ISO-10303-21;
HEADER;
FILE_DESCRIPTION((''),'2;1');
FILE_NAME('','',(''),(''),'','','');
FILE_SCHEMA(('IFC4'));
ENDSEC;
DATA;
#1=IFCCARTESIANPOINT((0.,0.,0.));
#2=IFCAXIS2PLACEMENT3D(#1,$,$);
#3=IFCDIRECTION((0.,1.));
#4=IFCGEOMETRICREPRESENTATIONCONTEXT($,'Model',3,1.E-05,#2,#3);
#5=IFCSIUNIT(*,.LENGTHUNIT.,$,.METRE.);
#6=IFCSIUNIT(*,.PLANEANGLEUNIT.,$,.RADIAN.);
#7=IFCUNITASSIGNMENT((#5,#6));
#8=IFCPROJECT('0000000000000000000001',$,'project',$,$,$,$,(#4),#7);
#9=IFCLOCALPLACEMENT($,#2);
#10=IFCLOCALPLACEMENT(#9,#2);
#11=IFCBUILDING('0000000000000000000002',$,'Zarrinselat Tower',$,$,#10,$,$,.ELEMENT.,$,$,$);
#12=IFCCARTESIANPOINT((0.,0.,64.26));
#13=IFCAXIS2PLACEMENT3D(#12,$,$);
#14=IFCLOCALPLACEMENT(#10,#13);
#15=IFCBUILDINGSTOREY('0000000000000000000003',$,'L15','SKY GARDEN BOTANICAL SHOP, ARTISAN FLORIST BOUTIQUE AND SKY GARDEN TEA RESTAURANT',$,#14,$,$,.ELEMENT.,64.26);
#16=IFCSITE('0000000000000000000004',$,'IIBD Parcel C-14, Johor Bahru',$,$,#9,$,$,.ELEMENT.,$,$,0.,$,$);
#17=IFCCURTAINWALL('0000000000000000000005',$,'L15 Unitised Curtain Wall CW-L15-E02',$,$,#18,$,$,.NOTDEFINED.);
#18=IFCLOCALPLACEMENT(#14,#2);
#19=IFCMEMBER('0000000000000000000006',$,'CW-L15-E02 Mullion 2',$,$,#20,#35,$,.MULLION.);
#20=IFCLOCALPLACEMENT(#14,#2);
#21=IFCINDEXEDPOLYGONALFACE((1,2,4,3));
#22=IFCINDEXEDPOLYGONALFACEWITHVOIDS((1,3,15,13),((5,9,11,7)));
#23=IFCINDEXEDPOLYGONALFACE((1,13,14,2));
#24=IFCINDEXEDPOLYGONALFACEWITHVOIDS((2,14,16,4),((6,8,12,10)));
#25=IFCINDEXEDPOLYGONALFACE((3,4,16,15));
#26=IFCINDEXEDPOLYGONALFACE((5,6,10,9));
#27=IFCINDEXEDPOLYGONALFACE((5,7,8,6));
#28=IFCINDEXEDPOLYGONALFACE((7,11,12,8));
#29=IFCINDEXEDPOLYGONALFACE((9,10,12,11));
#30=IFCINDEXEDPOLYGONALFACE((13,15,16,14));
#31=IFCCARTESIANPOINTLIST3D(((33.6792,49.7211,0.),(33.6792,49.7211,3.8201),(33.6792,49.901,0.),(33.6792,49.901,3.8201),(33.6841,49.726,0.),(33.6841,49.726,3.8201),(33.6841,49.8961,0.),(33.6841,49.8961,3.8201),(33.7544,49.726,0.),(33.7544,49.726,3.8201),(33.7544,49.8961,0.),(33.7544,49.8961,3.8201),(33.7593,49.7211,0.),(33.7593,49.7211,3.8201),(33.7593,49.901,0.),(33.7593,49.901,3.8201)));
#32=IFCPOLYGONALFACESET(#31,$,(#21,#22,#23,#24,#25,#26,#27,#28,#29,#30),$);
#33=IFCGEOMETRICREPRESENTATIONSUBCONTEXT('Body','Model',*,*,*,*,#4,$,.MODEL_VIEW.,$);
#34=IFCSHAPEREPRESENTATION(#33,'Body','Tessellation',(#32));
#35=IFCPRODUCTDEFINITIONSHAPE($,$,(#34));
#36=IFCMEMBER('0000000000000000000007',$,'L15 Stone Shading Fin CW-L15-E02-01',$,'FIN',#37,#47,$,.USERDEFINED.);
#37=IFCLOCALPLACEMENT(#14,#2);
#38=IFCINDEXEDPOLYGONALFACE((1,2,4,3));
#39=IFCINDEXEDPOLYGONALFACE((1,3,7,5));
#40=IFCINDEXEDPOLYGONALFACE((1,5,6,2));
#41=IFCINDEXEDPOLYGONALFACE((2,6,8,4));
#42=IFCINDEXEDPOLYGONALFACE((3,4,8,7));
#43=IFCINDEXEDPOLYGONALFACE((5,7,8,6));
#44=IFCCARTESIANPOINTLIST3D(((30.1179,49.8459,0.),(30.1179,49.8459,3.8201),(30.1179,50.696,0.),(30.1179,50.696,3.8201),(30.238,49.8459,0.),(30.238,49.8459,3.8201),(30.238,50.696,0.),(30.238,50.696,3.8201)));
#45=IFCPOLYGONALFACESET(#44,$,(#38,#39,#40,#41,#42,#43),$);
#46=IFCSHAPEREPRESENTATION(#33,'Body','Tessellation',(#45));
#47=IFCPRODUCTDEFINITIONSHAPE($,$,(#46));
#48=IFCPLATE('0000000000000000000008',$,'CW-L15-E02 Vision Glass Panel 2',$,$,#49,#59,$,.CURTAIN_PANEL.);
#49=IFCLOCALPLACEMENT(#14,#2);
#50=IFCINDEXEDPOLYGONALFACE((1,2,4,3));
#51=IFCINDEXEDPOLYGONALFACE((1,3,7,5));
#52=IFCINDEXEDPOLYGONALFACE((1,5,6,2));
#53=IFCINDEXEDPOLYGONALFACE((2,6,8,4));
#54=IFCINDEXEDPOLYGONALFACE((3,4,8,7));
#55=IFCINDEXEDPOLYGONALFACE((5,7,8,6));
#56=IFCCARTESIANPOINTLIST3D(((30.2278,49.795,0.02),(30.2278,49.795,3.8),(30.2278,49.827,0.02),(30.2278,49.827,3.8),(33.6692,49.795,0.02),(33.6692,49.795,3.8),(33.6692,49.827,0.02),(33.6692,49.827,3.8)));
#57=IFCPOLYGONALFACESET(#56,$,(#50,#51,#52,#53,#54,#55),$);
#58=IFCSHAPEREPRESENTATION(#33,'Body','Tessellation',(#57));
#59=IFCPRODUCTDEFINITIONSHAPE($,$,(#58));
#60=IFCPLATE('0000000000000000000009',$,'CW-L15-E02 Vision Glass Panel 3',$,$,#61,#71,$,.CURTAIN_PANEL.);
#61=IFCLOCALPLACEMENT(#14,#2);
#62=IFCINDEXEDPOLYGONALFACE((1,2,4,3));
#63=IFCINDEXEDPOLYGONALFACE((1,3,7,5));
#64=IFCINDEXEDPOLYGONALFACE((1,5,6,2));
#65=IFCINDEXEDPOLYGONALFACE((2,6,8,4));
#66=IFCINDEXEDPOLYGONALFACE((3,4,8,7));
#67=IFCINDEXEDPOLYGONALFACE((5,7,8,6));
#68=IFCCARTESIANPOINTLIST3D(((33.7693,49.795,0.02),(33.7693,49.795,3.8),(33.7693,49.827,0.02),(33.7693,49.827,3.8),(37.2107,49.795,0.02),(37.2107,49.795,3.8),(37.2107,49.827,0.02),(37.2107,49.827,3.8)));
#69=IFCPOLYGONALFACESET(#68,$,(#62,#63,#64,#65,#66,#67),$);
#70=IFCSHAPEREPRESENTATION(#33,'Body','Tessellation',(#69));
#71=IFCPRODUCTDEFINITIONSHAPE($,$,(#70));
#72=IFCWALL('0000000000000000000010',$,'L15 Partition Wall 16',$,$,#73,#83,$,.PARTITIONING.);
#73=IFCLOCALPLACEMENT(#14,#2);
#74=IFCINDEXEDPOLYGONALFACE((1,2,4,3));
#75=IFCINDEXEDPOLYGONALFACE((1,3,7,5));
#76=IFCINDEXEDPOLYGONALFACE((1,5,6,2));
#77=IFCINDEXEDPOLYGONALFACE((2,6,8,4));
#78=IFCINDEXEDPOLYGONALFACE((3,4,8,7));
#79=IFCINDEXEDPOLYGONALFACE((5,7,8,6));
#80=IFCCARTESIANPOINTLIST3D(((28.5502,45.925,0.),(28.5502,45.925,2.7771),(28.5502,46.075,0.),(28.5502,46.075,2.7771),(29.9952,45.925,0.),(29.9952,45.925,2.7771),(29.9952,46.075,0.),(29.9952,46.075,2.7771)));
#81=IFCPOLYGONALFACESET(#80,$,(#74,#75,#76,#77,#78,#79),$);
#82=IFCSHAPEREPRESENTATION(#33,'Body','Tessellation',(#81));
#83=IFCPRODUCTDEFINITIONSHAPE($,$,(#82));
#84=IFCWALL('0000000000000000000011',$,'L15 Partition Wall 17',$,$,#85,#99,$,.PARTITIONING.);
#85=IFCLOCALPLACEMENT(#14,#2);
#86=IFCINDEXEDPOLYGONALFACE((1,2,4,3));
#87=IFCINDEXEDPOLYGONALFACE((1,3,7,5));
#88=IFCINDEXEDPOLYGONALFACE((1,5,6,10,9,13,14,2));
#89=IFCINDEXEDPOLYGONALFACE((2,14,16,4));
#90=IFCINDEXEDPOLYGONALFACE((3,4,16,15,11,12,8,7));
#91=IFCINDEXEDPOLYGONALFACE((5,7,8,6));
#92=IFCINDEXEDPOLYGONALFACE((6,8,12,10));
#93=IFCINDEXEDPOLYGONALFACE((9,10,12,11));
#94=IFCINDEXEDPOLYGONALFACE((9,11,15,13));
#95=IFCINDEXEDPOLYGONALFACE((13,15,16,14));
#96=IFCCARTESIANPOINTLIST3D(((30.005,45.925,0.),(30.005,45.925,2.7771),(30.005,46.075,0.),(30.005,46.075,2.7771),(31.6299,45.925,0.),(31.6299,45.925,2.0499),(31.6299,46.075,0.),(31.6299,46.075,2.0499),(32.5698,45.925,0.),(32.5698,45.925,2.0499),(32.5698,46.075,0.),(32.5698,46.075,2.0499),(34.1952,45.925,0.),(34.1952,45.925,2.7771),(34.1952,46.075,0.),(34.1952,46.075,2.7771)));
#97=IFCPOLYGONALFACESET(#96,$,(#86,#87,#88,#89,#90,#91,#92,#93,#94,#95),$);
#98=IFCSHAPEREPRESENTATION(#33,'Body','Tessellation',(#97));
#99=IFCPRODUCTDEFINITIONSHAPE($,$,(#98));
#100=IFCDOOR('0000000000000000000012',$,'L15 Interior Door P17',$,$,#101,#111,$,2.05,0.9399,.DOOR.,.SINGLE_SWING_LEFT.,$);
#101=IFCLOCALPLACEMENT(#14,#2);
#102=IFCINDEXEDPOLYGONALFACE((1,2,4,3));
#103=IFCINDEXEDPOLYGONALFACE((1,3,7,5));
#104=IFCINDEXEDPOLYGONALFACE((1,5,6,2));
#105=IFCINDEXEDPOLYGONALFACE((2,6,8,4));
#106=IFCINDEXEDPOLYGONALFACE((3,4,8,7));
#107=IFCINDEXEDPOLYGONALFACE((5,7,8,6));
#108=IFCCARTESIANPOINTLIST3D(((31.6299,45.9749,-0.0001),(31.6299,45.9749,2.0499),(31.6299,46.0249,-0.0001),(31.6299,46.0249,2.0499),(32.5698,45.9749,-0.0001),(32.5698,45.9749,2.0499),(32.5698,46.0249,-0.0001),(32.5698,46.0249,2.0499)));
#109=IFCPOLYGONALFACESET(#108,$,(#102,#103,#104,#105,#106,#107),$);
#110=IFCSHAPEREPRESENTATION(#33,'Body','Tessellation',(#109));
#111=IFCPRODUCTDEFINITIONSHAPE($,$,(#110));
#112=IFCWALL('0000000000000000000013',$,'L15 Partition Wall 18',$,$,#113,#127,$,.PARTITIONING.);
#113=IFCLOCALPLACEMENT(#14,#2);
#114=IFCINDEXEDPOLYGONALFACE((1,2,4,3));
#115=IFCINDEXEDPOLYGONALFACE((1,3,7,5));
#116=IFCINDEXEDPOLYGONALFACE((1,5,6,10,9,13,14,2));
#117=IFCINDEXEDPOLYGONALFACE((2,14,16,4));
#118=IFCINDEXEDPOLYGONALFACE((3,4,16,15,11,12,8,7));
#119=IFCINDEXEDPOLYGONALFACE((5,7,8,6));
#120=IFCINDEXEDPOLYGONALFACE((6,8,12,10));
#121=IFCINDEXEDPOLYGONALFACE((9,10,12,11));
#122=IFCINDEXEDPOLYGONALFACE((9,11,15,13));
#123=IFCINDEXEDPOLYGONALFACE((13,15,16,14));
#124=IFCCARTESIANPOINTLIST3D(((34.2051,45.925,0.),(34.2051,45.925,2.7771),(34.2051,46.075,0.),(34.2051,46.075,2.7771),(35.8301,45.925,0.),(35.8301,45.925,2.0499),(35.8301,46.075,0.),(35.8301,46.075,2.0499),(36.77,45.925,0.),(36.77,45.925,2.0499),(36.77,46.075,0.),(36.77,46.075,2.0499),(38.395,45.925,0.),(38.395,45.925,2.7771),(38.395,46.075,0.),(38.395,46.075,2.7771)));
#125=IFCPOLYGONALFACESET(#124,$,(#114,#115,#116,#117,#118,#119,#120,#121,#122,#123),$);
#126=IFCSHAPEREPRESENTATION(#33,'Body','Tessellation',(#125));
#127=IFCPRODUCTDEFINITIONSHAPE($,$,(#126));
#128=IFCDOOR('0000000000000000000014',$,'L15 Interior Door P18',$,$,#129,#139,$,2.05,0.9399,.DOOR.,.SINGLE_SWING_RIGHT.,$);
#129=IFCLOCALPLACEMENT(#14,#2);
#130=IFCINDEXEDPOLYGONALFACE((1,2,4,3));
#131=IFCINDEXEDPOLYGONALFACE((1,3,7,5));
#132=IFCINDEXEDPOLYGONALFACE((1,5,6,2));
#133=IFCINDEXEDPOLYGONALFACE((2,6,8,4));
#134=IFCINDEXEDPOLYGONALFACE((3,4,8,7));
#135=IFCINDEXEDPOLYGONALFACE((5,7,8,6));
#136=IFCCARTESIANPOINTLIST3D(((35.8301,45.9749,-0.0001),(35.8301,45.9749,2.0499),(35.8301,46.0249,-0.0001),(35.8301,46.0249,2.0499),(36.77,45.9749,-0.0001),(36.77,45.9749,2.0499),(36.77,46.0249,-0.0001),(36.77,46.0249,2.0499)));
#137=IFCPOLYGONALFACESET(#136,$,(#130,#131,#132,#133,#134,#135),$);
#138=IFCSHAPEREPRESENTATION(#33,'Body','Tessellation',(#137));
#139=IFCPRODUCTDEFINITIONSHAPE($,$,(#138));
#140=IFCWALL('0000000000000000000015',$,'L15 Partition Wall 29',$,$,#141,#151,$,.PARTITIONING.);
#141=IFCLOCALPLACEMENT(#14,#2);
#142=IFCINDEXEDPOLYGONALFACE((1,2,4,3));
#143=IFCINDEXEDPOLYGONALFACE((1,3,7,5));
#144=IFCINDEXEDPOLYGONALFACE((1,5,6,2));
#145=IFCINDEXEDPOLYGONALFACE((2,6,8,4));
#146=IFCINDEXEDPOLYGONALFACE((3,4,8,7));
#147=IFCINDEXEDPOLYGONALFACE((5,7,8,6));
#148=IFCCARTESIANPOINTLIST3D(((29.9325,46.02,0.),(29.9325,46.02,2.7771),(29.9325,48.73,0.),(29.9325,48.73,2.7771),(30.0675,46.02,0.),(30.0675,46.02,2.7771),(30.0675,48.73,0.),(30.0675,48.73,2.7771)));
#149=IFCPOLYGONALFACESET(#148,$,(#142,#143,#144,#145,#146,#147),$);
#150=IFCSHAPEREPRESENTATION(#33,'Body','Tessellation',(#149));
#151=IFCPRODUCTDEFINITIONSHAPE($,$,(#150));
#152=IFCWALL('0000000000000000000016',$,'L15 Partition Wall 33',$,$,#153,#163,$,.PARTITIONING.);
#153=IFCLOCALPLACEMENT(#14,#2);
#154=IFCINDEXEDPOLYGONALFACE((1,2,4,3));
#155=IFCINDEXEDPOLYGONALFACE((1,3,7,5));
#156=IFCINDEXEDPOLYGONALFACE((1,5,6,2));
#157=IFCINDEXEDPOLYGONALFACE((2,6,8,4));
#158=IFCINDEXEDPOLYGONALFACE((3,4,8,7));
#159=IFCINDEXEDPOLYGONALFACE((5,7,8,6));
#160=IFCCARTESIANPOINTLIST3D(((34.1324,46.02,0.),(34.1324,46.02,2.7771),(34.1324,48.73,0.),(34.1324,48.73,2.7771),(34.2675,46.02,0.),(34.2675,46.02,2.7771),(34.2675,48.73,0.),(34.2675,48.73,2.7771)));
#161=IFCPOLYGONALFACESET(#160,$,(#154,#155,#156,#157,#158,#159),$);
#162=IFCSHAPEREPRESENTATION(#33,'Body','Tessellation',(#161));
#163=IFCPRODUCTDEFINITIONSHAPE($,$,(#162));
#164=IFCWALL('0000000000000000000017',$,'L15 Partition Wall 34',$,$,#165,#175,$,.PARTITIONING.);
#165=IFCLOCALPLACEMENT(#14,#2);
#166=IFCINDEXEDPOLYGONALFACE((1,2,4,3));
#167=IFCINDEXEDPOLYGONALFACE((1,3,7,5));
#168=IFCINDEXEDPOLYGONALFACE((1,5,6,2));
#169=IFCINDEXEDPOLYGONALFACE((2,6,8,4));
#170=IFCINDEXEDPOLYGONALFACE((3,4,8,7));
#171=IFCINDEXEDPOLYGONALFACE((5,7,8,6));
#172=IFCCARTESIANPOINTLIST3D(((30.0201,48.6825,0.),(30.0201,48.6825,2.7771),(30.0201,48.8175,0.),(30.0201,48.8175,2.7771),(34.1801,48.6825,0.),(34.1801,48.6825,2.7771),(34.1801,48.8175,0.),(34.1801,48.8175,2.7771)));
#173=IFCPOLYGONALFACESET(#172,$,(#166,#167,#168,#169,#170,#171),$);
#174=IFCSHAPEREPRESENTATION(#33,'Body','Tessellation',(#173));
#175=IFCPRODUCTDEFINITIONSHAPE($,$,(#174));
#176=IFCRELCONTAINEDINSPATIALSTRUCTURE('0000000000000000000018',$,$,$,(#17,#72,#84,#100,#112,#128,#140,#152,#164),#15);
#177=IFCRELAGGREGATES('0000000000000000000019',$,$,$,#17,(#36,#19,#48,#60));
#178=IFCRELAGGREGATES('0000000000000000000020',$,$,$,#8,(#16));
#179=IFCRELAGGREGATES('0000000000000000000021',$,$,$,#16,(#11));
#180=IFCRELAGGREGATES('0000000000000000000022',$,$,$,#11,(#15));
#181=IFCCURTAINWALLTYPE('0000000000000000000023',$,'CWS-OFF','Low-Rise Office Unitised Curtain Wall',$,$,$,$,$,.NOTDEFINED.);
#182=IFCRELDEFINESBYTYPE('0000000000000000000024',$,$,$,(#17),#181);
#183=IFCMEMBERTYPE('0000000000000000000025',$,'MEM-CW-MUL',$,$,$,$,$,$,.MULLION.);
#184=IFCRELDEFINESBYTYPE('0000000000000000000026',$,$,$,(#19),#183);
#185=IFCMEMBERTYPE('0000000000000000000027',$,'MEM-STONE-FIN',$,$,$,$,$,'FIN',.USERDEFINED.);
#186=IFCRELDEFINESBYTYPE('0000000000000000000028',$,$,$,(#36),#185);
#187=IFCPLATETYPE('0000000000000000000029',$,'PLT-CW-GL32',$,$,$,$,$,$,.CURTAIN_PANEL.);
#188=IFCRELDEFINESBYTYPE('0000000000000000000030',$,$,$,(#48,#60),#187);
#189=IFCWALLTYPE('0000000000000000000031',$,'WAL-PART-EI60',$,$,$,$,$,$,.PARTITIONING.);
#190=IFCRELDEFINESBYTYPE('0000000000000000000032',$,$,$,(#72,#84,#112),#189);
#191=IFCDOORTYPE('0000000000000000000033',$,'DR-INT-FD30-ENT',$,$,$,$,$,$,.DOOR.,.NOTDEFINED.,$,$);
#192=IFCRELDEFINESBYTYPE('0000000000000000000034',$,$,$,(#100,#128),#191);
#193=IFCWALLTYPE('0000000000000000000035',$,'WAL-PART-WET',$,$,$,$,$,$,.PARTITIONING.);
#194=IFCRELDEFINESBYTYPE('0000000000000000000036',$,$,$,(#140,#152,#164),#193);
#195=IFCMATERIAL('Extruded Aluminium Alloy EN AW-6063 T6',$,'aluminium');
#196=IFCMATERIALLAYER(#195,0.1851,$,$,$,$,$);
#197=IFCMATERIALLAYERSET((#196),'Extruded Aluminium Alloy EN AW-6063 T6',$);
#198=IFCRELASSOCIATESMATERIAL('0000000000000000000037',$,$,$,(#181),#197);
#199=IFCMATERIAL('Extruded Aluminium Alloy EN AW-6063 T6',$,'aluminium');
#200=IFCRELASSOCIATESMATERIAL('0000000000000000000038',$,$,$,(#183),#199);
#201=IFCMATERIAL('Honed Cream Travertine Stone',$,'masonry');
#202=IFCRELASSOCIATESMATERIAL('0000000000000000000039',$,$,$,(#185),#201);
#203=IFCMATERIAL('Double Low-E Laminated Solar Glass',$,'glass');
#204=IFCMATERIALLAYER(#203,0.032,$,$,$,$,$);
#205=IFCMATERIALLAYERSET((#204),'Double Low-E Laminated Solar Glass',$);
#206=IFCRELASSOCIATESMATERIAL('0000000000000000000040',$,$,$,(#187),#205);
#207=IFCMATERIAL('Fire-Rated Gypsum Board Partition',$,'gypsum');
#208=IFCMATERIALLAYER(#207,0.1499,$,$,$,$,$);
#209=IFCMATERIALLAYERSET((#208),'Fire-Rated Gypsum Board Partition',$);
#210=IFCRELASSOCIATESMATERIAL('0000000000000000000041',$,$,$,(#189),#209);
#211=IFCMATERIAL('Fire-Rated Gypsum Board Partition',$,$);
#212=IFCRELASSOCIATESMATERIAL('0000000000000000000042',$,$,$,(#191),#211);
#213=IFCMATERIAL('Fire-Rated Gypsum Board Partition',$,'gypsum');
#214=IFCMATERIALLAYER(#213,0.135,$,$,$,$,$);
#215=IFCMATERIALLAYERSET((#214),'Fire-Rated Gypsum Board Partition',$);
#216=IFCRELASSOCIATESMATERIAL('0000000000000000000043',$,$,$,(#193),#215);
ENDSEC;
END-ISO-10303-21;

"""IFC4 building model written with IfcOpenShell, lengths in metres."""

from ifc_helpers import new_model, si_unit, direction, frame, frame_2d, origin, origin_2d, place, context, subcontext, project, spatial, rectangle, hollow_rectangle, extrude, material, layer, layer_set, material_profile, profile_set, type_object, element, fill, aggregate, save


model = new_model("IFC4")

# Units and contexts
model_context = context("Model", 3, precision=1e-05, world=origin(), true_north=direction((0.0, 1.0)))
body_context = subcontext(model_context, "Body", "Model", "MODEL_VIEW")
ifc_project = project(units=[si_unit("LENGTHUNIT", "METRE"), si_unit("PLANEANGLEUNIT", "RADIAN")], contexts=[model_context])

# Site, building, storey
site_placement = place(None, origin())
site = spatial("IfcSite", under=ifc_project, at=site_placement, Name="IIBD Parcel C-14, Johor Bahru", CompositionType="ELEMENT", RefElevation=0.0)
building_placement = place(site_placement, origin())
building = spatial("IfcBuilding", under=site, at=building_placement, Name="Zarrinselat Tower", CompositionType="ELEMENT")
storey_placement = place(building_placement, frame((0.0, 0.0, 64.26)))
storey = spatial("IfcBuildingStorey", under=building, at=storey_placement, Name="L15", Description="SKY GARDEN BOTANICAL SHOP, ARTISAN FLORIST BOUTIQUE AND SKY GARDEN TEA RESTAURANT", CompositionType="ELEMENT", Elevation=64.26)

# Curtain wall, members, plates
ifc_material_1 = material(Name="Extruded Aluminium Alloy EN AW-6063 T6", Category="aluminium")
ifc_layer_1 = layer(ifc_material_1, 0.1851)
ifc_layer_set_1 = layer_set([ifc_layer_1], Name="Extruded Aluminium Alloy EN AW-6063 T6")
curtain_wall_type = type_object("IfcCurtainWallType", Name="CWS-OFF", Description="Low-Rise Office Unitised Curtain Wall", PredefinedType="NOTDEFINED", material=ifc_layer_set_1)
curtain_wall_placement = place(storey_placement, origin())
curtain_wall = element("IfcCurtainWall", 1, at=curtain_wall_placement, inside=storey, type_object=curtain_wall_type, Name="L15 Unitised Curtain Wall CW-L15-E02", PredefinedType="NOTDEFINED")
ifc_material_2 = material(Name="Extruded Aluminium Alloy EN AW-6063 T6", Category="aluminium")
ifc_material_profile_1 = material_profile(ifc_material_2, hollow_rectangle(XDim=0.0801, YDim=0.1799, WallThickness=0.0049, at=origin_2d()), Name="RHS 180x80x5")
ifc_profile_set_1 = profile_set([ifc_material_profile_1], Name="Extruded Aluminium Alloy EN AW-6063 T6")
member_type_1 = type_object("IfcMemberType", Name="MEM-CW-MUL", PredefinedType="MULLION", material=ifc_profile_set_1)
member_1_placement = place(storey_placement, frame((33.7192, 49.811, 0.0), z_axis=(0.0, 0.0, 1.0), x_axis=(1.0, 0.0, 0.0)))
member_1 = element("IfcMember", 2, at=member_1_placement, type_object=member_type_1, Name="CW-L15-E02 Mullion 2", PredefinedType="MULLION", context=body_context, shape_type="SweptSolid", body=[
    extrude(hollow_rectangle(XDim=0.0801, YDim=0.1799, WallThickness=0.0049, at=origin_2d()), origin(), (0.0, 0.0, 1.0), 3.8201),
])
ifc_material_3 = material(Name="Honed Cream Travertine Stone", Category="masonry")
ifc_material_profile_2 = material_profile(ifc_material_3, rectangle(XDim=0.1201, YDim=0.8501, at=origin_2d()), Name="FIN 850x120")
ifc_profile_set_2 = profile_set([ifc_material_profile_2], Name="Honed Cream Travertine Stone")
member_type_2 = type_object("IfcMemberType", Name="MEM-STONE-FIN", ElementType="FIN", PredefinedType="USERDEFINED", material=ifc_profile_set_2)
member_2_placement = place(storey_placement, frame((30.178, 50.271, 0.0), z_axis=(0.0, 0.0, 1.0), x_axis=(1.0, 0.0, 0.0)))
member_2 = element("IfcMember", 3, at=member_2_placement, type_object=member_type_2, Name="L15 Stone Shading Fin CW-L15-E02-01", ObjectType="FIN", PredefinedType="USERDEFINED", context=body_context, shape_type="SweptSolid", body=[
    extrude(rectangle(XDim=0.1201, YDim=0.8501, at=origin_2d()), origin(), (0.0, 0.0, 1.0), 3.8201),
])
ifc_material_4 = material(Name="Double Low-E Laminated Solar Glass", Category="glass")
ifc_layer_2 = layer(ifc_material_4, 0.032)
ifc_layer_set_2 = layer_set([ifc_layer_2], Name="Double Low-E Laminated Solar Glass")
plate_type = type_object("IfcPlateType", Name="PLT-CW-GL32", PredefinedType="CURTAIN_PANEL", material=ifc_layer_set_2)
plate_1_placement = place(storey_placement, frame((31.9485, 49.811, 0.02), z_axis=(0.0, 0.0, 1.0), x_axis=(1.0, 0.0, 0.0)))
plate_1 = element("IfcPlate", 4, at=plate_1_placement, type_object=plate_type, Name="CW-L15-E02 Vision Glass Panel 2", PredefinedType="CURTAIN_PANEL", context=body_context, shape_type="SweptSolid", body=[
    extrude(rectangle(XDim=3.4414, YDim=0.032, at=origin_2d()), origin(), (0.0, 0.0, 1.0), 3.78),
])
plate_2_placement = place(storey_placement, frame((35.49, 49.811, 0.02), z_axis=(0.0, 0.0, 1.0), x_axis=(1.0, 0.0, 0.0)))
plate_2 = element("IfcPlate", 5, at=plate_2_placement, type_object=plate_type, Name="CW-L15-E02 Vision Glass Panel 3", PredefinedType="CURTAIN_PANEL", context=body_context, shape_type="SweptSolid", body=[
    extrude(rectangle(XDim=3.4414, YDim=0.032, at=origin_2d()), origin(), (0.0, 0.0, 1.0), 3.78),
])
aggregate(curtain_wall, [member_2, member_1, plate_1, plate_2])

# Wall
ifc_material_5 = material(Name="Fire-Rated Gypsum Board Partition", Category="gypsum")
ifc_layer_3 = layer(ifc_material_5, 0.1499)
ifc_layer_set_3 = layer_set([ifc_layer_3], Name="Fire-Rated Gypsum Board Partition")
wall_type_1 = type_object("IfcWallType", Name="WAL-PART-EI60", PredefinedType="PARTITIONING", material=ifc_layer_set_3)
wall_1_placement = place(storey_placement, frame((28.55, 46.0, 0.0), z_axis=(0.0, 0.0, 1.0), x_axis=(1.0, 0.0, 0.0)))
element("IfcWall", 6, at=wall_1_placement, inside=storey, type_object=wall_type_1, Name="L15 Partition Wall 16", PredefinedType="PARTITIONING", context=body_context, shape_type="SweptSolid", body=[
    extrude(rectangle(XDim=1.4451, YDim=0.1499, at=frame_2d((0.7227, 0.0))), origin(), (0.0, 0.0, 1.0), 2.7771),
])

# Walls, openings, doors
wall_2_placement = place(storey_placement, frame((30.0049, 46.0, 0.0), z_axis=(0.0, 0.0, 1.0), x_axis=(1.0, 0.0, 0.0)))
wall_2 = element("IfcWall", 7, at=wall_2_placement, inside=storey, type_object=wall_type_1, Name="L15 Partition Wall 17", PredefinedType="PARTITIONING", context=body_context, shape_type="SweptSolid", body=[
    extrude(rectangle(XDim=4.1902, YDim=0.1499, at=frame_2d((2.0952, 0.0))), origin(), (0.0, 0.0, 1.0), 2.7771),
])
opening_1_placement = place(wall_2_placement, frame((1.625, 0.0, 0.0)))
opening_1 = element("IfcOpeningElement", 8, at=opening_1_placement, cuts=wall_2, PredefinedType="OPENING", context=body_context, shape_type="SweptSolid", body=[
    extrude(rectangle(XDim=0.9399, YDim=2.05, at=frame_2d((0.47, 1.0249))), frame((0.0, 0.085, 0.0), z_axis=(0.0, -1.0, 0.0), x_axis=(1.0, 0.0, 0.0)), (0.0, 0.0, 1.0), 0.1699),
])
ifc_material_6 = material(Name="Fire-Rated Gypsum Board Partition")
door_type = type_object("IfcDoorType", Name="DR-INT-FD30-ENT", OperationType="NOTDEFINED", PredefinedType="DOOR", material=ifc_material_6)
door_1_placement = place(opening_1_placement, origin())
door_1 = element("IfcDoor", 9, at=door_1_placement, inside=storey, type_object=door_type, Name="L15 Interior Door P17", OperationType="SINGLE_SWING_LEFT", OverallHeight=2.05, OverallWidth=0.9399, PredefinedType="DOOR", context=body_context, shape_type="SweptSolid", body=[
    extrude(rectangle(XDim=0.9399, YDim=2.05, at=frame_2d((0.47, 1.0249))), frame((0.0, 0.0249, 0.0), z_axis=(0.0, -1.0, 0.0), x_axis=(1.0, 0.0, 0.0)), (0.0, 0.0, 1.0), 0.05),
])
fill(opening_1, door_1)
wall_3_placement = place(storey_placement, frame((34.2051, 46.0, 0.0), z_axis=(0.0, 0.0, 1.0), x_axis=(1.0, 0.0, 0.0)))
wall_3 = element("IfcWall", 10, at=wall_3_placement, inside=storey, type_object=wall_type_1, Name="L15 Partition Wall 18", PredefinedType="PARTITIONING", context=body_context, shape_type="SweptSolid", body=[
    extrude(rectangle(XDim=4.1899, YDim=0.1499, at=frame_2d((2.095, 0.0))), origin(), (0.0, 0.0, 1.0), 2.7771),
])
opening_2_placement = place(wall_3_placement, frame((1.625, 0.0, 0.0)))
opening_2 = element("IfcOpeningElement", 11, at=opening_2_placement, cuts=wall_3, PredefinedType="OPENING", context=body_context, shape_type="SweptSolid", body=[
    extrude(rectangle(XDim=0.9399, YDim=2.05, at=frame_2d((0.47, 1.0249))), frame((0.0, 0.085, 0.0), z_axis=(0.0, -1.0, 0.0), x_axis=(1.0, 0.0, 0.0)), (0.0, 0.0, 1.0), 0.1699),
])
door_2_placement = place(opening_2_placement, origin())
door_2 = element("IfcDoor", 12, at=door_2_placement, inside=storey, type_object=door_type, Name="L15 Interior Door P18", OperationType="SINGLE_SWING_RIGHT", OverallHeight=2.05, OverallWidth=0.9399, PredefinedType="DOOR", context=body_context, shape_type="SweptSolid", body=[
    extrude(rectangle(XDim=0.9399, YDim=2.05, at=frame_2d((0.47, 1.0249))), frame((0.0, 0.0249, 0.0), z_axis=(0.0, -1.0, 0.0), x_axis=(1.0, 0.0, 0.0)), (0.0, 0.0, 1.0), 0.05),
])
fill(opening_2, door_2)

# Walls
ifc_material_7 = material(Name="Fire-Rated Gypsum Board Partition", Category="gypsum")
ifc_layer_4 = layer(ifc_material_7, 0.135)
ifc_layer_set_4 = layer_set([ifc_layer_4], Name="Fire-Rated Gypsum Board Partition")
wall_type_2 = type_object("IfcWallType", Name="WAL-PART-WET", PredefinedType="PARTITIONING", material=ifc_layer_set_4)
for number, where, z_axis, x_axis, name in (
    (13, (30.0, 46.02, 0.0), (0.0, 0.0, 1.0), (0.0, 1.0, 0.0), "L15 Partition Wall 29"),
    (14, (34.2, 46.02, 0.0), (0.0, 0.0, 1.0), (0.0, 1.0, 0.0), "L15 Partition Wall 33"),
):
    element("IfcWall", number, at=place(storey_placement, frame(where, z_axis=z_axis, x_axis=x_axis)), inside=storey, type_object=wall_type_2, Name=name, PredefinedType="PARTITIONING", context=body_context, shape_type="SweptSolid", body=[
        extrude(rectangle(XDim=2.71, YDim=0.135, at=frame_2d((1.355, 0.0))), origin(), (0.0, 0.0, 1.0), 2.7771),
    ])
for number, where, z_axis, x_axis, name in (
    (15, (30.02, 48.75, 0.0), (0.0, 0.0, 1.0), (1.0, 0.0, 0.0), "L15 Partition Wall 34"),
):
    element("IfcWall", number, at=place(storey_placement, frame(where, z_axis=z_axis, x_axis=x_axis)), inside=storey, type_object=wall_type_2, Name=name, PredefinedType="PARTITIONING", context=body_context, shape_type="SweptSolid", body=[
        extrude(rectangle(XDim=4.1599, YDim=0.135, at=frame_2d((2.0801, 0.0))), origin(), (0.0, 0.0, 1.0), 2.7771),
    ])

save(model, "model.ifc")
